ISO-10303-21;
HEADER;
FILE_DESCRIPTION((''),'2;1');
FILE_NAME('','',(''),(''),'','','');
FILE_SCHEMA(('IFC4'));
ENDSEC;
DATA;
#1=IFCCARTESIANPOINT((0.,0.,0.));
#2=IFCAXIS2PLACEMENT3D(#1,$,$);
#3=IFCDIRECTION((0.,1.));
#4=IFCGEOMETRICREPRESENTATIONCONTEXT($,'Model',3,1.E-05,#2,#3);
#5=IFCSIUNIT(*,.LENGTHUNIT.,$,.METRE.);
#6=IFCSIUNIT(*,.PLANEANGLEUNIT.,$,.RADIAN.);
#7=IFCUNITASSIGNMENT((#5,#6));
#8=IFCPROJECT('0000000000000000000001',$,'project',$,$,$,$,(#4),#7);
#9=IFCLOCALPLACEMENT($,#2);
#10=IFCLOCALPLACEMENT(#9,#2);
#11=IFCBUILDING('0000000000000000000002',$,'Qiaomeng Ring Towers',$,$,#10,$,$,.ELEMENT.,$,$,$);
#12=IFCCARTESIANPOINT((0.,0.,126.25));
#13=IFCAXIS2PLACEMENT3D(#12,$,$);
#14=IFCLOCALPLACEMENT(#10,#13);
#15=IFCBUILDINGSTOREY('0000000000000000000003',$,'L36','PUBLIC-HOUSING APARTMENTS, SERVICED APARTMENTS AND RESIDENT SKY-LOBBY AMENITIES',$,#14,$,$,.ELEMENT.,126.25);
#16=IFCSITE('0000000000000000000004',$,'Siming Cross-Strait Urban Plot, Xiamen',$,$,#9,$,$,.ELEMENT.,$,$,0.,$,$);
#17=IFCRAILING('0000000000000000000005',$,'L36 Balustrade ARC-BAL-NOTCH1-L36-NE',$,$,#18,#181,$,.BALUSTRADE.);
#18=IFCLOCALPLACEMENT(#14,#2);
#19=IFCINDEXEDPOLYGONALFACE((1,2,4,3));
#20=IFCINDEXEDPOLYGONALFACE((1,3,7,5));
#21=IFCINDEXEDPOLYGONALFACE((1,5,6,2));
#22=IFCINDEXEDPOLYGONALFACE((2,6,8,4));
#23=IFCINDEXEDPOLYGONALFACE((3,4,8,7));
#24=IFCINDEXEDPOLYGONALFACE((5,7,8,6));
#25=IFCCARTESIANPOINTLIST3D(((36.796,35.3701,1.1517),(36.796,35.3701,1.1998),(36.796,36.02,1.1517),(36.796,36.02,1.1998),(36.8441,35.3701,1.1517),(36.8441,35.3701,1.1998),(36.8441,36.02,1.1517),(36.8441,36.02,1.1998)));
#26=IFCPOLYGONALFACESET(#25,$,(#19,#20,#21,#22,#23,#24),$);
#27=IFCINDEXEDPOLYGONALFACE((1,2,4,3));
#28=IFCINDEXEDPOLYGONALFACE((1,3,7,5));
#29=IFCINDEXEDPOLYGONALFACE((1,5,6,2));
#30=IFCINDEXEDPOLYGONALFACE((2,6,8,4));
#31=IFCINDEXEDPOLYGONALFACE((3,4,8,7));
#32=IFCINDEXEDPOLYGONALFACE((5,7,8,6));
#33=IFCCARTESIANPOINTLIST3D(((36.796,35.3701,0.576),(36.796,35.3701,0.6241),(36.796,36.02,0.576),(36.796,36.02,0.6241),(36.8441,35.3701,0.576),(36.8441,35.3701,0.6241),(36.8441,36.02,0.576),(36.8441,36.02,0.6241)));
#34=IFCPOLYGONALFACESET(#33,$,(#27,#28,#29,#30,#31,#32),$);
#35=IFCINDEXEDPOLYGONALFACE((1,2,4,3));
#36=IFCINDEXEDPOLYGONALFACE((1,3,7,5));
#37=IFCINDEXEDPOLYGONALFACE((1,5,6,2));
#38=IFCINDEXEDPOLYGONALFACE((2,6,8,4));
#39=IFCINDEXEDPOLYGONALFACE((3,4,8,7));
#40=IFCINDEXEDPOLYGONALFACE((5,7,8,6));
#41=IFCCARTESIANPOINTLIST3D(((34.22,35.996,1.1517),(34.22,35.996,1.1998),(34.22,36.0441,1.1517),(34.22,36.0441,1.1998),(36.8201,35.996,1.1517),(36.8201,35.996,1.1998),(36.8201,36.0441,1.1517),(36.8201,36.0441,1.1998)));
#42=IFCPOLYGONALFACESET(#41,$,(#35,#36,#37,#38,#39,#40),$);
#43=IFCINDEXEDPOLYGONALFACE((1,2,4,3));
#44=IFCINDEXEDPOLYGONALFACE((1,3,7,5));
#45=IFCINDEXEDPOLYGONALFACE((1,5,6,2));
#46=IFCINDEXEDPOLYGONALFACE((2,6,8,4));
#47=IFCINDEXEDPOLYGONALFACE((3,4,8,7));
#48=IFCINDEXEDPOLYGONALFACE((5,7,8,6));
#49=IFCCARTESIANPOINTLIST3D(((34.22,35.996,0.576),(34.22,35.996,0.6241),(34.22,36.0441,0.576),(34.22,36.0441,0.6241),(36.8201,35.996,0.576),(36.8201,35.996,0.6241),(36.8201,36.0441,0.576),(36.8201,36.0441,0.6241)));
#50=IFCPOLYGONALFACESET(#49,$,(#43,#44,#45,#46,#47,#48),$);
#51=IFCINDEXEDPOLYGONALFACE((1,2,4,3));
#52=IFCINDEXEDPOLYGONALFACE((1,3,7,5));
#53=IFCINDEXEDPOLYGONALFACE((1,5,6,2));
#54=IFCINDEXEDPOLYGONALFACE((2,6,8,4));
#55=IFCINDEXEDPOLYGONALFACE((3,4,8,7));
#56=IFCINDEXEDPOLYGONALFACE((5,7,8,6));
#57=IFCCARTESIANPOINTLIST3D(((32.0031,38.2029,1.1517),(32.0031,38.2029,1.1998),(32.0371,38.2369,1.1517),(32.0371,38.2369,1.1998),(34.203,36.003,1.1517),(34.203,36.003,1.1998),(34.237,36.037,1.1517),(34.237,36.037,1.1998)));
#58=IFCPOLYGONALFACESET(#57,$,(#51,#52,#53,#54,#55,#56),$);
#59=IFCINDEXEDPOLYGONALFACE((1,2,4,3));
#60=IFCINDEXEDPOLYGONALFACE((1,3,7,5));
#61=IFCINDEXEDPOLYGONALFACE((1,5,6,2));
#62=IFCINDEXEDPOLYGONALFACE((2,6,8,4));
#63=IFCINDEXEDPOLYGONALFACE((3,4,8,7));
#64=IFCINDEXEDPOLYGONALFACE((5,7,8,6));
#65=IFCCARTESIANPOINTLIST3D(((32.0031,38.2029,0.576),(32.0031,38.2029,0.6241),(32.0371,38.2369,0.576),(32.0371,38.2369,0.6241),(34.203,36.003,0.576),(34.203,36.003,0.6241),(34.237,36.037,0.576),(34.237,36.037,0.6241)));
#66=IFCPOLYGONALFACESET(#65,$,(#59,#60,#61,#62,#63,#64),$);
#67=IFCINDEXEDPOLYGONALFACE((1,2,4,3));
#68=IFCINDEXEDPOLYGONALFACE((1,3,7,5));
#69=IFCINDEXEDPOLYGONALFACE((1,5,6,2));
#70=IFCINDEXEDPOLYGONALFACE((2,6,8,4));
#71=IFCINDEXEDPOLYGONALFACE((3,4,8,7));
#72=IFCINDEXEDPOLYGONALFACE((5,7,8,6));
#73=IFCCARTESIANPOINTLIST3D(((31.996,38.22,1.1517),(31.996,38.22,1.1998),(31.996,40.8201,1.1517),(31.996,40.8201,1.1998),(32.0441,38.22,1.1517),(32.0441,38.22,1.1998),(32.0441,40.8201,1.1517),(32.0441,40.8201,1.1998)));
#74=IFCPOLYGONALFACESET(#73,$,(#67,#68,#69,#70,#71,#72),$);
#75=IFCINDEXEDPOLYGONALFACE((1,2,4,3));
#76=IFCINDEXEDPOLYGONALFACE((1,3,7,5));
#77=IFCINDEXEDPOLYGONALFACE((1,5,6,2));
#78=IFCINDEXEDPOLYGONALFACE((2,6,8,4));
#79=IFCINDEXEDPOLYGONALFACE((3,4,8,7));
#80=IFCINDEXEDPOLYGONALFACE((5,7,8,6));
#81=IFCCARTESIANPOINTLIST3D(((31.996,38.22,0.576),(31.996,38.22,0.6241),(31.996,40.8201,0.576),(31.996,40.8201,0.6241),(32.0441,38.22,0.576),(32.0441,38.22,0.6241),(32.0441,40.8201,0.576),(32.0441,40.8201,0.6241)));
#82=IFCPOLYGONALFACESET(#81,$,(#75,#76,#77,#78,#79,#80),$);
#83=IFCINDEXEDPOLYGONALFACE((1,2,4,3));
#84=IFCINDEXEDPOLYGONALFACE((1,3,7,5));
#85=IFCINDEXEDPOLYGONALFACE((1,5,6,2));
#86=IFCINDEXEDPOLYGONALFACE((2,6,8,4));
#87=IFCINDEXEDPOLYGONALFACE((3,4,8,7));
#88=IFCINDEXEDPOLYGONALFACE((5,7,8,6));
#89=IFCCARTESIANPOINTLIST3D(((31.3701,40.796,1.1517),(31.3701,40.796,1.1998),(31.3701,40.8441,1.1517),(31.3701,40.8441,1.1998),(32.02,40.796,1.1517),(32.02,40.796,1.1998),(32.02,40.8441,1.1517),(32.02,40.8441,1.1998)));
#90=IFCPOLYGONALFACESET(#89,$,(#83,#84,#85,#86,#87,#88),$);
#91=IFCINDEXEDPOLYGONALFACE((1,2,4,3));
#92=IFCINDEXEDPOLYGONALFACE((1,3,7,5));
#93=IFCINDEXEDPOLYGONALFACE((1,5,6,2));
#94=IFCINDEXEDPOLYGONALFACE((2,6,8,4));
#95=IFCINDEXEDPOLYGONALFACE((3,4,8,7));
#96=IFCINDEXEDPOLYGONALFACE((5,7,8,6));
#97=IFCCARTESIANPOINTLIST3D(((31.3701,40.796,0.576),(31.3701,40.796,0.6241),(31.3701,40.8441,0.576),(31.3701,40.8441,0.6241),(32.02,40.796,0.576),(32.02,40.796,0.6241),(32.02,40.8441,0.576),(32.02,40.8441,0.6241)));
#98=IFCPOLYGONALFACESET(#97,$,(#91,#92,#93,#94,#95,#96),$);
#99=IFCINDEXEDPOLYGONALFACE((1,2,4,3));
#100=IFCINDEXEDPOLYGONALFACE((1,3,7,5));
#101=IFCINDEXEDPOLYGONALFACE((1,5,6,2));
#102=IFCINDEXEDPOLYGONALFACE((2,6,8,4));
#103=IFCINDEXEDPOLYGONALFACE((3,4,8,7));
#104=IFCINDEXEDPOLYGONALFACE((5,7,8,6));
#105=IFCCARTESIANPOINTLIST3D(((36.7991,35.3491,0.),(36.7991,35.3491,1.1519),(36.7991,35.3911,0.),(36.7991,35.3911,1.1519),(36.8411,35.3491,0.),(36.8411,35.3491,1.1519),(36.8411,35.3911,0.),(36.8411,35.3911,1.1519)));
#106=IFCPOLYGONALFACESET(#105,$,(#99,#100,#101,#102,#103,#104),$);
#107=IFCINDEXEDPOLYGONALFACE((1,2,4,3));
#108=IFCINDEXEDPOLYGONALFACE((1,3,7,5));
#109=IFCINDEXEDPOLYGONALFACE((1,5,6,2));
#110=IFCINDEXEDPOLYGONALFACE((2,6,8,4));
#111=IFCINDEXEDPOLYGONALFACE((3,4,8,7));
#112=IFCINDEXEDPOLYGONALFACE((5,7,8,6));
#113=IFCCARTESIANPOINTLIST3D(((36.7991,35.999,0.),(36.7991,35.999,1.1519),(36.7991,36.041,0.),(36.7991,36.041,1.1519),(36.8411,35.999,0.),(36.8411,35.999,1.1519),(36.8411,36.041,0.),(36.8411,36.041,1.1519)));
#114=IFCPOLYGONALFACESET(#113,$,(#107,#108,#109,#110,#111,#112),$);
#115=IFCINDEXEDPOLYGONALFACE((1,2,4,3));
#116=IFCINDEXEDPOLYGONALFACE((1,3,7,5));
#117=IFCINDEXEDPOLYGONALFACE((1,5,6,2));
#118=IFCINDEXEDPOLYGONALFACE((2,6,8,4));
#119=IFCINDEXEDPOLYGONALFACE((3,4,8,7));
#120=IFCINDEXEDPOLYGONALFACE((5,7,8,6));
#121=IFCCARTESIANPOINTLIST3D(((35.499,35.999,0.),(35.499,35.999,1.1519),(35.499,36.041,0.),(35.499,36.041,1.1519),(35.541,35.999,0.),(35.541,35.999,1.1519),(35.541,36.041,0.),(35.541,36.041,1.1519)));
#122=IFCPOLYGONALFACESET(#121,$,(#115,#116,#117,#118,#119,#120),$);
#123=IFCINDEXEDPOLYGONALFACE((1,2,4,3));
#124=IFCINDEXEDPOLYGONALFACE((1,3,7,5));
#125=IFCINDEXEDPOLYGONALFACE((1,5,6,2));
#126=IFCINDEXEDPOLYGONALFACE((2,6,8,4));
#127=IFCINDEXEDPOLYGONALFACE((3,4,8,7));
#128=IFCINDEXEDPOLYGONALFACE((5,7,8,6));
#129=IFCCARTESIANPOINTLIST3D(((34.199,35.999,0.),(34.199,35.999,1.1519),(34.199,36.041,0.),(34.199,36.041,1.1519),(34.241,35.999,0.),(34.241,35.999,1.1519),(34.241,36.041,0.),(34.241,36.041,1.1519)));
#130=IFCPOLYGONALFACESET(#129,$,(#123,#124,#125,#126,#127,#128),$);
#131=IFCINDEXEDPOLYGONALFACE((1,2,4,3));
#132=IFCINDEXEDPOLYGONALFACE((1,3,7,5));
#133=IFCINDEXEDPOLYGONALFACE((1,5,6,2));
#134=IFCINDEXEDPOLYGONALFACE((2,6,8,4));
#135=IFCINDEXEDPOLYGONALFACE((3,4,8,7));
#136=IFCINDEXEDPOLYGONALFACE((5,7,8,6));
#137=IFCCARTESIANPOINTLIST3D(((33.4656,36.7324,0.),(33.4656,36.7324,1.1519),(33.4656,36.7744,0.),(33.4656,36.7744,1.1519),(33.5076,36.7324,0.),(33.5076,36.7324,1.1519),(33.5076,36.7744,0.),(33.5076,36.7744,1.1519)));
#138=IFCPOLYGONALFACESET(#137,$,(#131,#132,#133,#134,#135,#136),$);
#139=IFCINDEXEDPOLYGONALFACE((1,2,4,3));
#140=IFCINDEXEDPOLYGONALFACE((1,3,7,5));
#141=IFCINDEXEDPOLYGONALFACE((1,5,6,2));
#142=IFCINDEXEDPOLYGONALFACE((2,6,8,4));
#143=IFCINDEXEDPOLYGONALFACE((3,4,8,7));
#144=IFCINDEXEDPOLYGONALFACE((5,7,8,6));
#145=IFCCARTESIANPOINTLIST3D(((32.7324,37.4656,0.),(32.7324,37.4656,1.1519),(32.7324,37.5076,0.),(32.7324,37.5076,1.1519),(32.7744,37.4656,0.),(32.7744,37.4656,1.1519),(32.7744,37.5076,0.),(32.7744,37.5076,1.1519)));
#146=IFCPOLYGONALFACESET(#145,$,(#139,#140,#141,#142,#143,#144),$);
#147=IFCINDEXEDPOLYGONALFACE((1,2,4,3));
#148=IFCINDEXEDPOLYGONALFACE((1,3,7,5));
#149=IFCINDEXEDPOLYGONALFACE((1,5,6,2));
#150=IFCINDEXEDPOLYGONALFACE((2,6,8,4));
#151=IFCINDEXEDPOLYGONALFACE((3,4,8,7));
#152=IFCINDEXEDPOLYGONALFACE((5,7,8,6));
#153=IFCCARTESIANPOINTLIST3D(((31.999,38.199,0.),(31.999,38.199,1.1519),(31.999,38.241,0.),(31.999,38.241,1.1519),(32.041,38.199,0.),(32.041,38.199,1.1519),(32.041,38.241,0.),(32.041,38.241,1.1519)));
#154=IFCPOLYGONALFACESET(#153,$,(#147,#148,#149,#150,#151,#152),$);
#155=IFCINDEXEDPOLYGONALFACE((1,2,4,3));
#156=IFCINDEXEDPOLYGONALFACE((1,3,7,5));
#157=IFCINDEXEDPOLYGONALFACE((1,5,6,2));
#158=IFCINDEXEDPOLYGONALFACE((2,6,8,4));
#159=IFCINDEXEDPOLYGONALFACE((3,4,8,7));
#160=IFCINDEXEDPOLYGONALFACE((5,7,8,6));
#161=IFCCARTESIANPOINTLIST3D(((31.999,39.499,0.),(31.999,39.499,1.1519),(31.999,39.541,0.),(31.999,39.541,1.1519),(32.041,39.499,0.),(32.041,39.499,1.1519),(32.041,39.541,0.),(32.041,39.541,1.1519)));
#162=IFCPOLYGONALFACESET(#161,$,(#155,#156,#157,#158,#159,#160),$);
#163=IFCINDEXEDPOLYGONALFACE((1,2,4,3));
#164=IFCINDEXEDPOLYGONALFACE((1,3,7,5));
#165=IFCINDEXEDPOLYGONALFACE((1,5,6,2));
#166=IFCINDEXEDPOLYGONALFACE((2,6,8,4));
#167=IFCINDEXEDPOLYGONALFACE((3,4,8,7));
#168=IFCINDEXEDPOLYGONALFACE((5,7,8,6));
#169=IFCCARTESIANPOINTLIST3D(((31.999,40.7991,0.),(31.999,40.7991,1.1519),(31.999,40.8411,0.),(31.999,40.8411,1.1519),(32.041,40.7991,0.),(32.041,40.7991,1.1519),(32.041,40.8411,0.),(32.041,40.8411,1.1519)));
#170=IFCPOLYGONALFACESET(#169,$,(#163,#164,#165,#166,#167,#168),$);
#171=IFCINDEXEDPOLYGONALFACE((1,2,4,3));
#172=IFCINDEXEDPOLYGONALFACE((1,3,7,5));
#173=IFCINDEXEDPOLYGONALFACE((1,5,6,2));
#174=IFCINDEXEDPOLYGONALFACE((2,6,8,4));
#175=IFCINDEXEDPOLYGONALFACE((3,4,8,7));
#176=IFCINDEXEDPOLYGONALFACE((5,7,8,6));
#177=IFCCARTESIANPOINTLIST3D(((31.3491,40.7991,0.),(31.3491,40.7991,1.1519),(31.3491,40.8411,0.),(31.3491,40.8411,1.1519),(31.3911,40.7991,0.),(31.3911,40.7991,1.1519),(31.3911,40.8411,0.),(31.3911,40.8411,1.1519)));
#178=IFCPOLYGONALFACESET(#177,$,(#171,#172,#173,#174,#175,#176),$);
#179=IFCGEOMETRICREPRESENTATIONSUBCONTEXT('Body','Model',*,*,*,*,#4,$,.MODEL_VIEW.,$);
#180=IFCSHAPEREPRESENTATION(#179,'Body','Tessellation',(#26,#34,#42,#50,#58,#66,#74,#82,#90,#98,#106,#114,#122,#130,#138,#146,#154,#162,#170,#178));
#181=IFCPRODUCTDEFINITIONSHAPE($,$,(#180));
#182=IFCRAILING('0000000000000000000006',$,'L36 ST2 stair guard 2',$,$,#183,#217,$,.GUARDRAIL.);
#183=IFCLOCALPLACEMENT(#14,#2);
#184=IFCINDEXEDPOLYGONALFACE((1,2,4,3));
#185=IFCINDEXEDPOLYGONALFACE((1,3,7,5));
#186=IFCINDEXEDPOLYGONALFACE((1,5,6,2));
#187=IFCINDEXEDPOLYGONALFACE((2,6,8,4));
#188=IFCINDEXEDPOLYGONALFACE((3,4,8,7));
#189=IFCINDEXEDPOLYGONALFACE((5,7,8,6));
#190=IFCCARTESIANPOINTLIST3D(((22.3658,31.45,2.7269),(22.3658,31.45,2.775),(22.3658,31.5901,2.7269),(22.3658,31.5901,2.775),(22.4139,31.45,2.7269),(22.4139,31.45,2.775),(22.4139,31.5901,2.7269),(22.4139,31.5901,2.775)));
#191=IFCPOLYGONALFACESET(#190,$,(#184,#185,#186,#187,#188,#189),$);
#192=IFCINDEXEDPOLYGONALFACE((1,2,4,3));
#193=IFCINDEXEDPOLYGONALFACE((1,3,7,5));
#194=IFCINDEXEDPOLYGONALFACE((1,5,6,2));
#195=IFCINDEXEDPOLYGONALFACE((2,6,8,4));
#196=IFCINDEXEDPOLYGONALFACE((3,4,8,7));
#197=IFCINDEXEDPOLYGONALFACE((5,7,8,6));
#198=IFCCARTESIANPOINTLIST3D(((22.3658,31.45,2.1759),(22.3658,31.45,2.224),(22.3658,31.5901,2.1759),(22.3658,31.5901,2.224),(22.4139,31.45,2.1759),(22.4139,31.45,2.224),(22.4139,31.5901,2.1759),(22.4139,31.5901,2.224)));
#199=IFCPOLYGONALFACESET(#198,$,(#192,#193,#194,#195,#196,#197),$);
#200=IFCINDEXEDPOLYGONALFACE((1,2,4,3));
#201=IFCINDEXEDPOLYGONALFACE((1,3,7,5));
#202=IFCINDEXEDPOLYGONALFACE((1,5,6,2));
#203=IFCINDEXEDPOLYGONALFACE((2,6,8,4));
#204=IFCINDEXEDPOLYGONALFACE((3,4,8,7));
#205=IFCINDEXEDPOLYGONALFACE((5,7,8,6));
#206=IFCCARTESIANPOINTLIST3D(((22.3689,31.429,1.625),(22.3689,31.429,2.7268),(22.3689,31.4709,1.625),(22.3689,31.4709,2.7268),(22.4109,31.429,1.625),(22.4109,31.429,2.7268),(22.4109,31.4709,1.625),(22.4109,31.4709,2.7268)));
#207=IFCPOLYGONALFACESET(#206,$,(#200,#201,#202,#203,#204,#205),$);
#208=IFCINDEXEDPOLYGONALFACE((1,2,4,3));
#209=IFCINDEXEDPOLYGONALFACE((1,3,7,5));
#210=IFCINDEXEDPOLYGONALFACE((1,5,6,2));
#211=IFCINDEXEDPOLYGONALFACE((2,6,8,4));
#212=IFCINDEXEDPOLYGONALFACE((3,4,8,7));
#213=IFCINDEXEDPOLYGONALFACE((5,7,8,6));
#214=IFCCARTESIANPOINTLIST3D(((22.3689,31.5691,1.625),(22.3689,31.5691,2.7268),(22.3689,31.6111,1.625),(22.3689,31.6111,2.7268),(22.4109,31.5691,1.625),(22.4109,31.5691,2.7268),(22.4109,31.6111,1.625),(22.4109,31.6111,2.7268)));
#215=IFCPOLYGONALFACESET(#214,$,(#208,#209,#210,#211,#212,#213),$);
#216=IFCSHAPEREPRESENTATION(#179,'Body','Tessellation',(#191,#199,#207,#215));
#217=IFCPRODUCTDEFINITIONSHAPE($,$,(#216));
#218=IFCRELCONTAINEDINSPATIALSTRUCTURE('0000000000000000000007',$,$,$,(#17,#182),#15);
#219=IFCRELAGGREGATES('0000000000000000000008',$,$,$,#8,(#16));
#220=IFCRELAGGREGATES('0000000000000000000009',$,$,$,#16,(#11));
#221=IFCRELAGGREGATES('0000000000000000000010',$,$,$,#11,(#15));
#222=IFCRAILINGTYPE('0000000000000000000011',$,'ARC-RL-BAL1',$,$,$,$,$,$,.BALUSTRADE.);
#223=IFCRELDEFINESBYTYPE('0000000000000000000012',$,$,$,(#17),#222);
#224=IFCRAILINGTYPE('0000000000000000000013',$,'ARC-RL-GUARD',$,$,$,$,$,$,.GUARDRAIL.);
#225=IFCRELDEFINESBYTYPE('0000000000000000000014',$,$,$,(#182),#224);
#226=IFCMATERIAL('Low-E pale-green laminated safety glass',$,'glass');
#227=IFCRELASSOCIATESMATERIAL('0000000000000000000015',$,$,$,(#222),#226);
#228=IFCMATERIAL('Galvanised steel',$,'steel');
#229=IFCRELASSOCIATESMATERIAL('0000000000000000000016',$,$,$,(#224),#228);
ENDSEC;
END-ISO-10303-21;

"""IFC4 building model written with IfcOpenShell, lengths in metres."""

from ifc_helpers import new_model, si_unit, direction, frame, origin, origin_2d, place, context, subcontext, project, spatial, rectangle, extrude, material, type_object, element, save


model = new_model("IFC4")

# Units and contexts
model_context = context("Model", 3, precision=1e-05, world=origin(), true_north=direction((0.0, 1.0)))
body_context = subcontext(model_context, "Body", "Model", "MODEL_VIEW")
ifc_project = project(units=[si_unit("LENGTHUNIT", "METRE"), si_unit("PLANEANGLEUNIT", "RADIAN")], contexts=[model_context])

# Site, building, storey
site_placement = place(None, origin())
site = spatial("IfcSite", under=ifc_project, at=site_placement, Name="Siming Cross-Strait Urban Plot, Xiamen", CompositionType="ELEMENT", RefElevation=0.0)
building_placement = place(site_placement, origin())
building = spatial("IfcBuilding", under=site, at=building_placement, Name="Qiaomeng Ring Towers", CompositionType="ELEMENT")
storey_placement = place(building_placement, frame((0.0, 0.0, 126.25)))
storey = spatial("IfcBuildingStorey", under=building, at=storey_placement, Name="L36", Description="PUBLIC-HOUSING APARTMENTS, SERVICED APARTMENTS AND RESIDENT SKY-LOBBY AMENITIES", CompositionType="ELEMENT", Elevation=126.25)

# Railings
ifc_material_1 = material(Name="Low-E pale-green laminated safety glass", Category="glass")
railing_type_1 = type_object("IfcRailingType", Name="ARC-RL-BAL1", PredefinedType="BALUSTRADE", material=ifc_material_1)
railing_1_placement = place(storey_placement, frame((36.8201, 35.3701, 0.0)))
element("IfcRailing", 1, at=railing_1_placement, inside=storey, type_object=railing_type_1, Name="L36 Balustrade ARC-BAL-NOTCH1-L36-NE", PredefinedType="BALUSTRADE", context=body_context, shape_type="SweptSolid", body=[
    extrude(rectangle(XDim=0.0481, YDim=0.0481, at=origin_2d()), frame((0.0, 0.0, 1.1758), z_axis=(0.0, 1.0, 0.0), x_axis=(-1.0, 0.0, 0.0)), (0.0, 0.0, 1.0), 0.6499),
    extrude(rectangle(XDim=0.0481, YDim=0.0481, at=origin_2d()), frame((0.0, 0.0, 0.6001), z_axis=(0.0, 1.0, 0.0), x_axis=(-1.0, 0.0, 0.0)), (0.0, 0.0, 1.0), 0.6499),
    extrude(rectangle(XDim=0.0481, YDim=0.0481, at=origin_2d()), frame((0.0, 0.6499, 1.1758), z_axis=(-1.0, 0.0, 0.0), x_axis=(0.0, -1.0, 0.0)), (0.0, 0.0, 1.0), 2.6001),
    extrude(rectangle(XDim=0.0481, YDim=0.0481, at=origin_2d()), frame((0.0, 0.6499, 0.6001), z_axis=(-1.0, 0.0, 0.0), x_axis=(0.0, -1.0, 0.0)), (0.0, 0.0, 1.0), 2.6001),
    extrude(rectangle(XDim=0.0481, YDim=0.0481, at=origin_2d()), frame((-2.6001, 0.6499, 1.1758), z_axis=(-0.707107, 0.707107, 0.0), x_axis=(-0.707107, -0.707107, 0.0)), (0.0, 0.0, 1.0), 3.1111),
    extrude(rectangle(XDim=0.0481, YDim=0.0481, at=origin_2d()), frame((-2.6001, 0.6499, 0.6001), z_axis=(-0.707107, 0.707107, 0.0), x_axis=(-0.707107, -0.707107, 0.0)), (0.0, 0.0, 1.0), 3.1111),
    extrude(rectangle(XDim=0.0481, YDim=0.0481, at=origin_2d()), frame((-4.8, 2.8499, 1.1758), z_axis=(0.0, 1.0, 0.0), x_axis=(-1.0, 0.0, 0.0)), (0.0, 0.0, 1.0), 2.6001),
    extrude(rectangle(XDim=0.0481, YDim=0.0481, at=origin_2d()), frame((-4.8, 2.8499, 0.6001), z_axis=(0.0, 1.0, 0.0), x_axis=(-1.0, 0.0, 0.0)), (0.0, 0.0, 1.0), 2.6001),
    extrude(rectangle(XDim=0.0481, YDim=0.0481, at=origin_2d()), frame((-4.8, 5.45, 1.1758), z_axis=(-1.0, 0.0, 0.0), x_axis=(0.0, -1.0, 0.0)), (0.0, 0.0, 1.0), 0.6499),
    extrude(rectangle(XDim=0.0481, YDim=0.0481, at=origin_2d()), frame((-4.8, 5.45, 0.6001), z_axis=(-1.0, 0.0, 0.0), x_axis=(0.0, -1.0, 0.0)), (0.0, 0.0, 1.0), 0.6499),
    extrude(rectangle(XDim=0.042, YDim=0.042, at=origin_2d()), origin(), (0.0, 0.0, 1.0), 1.1519),
    extrude(rectangle(XDim=0.042, YDim=0.042, at=origin_2d()), frame((0.0, 0.6499, 0.0)), (0.0, 0.0, 1.0), 1.1519),
    extrude(rectangle(XDim=0.042, YDim=0.042, at=origin_2d()), frame((-1.3, 0.6499, 0.0)), (0.0, 0.0, 1.0), 1.1519),
    extrude(rectangle(XDim=0.042, YDim=0.042, at=origin_2d()), frame((-2.6001, 0.6499, 0.0)), (0.0, 0.0, 1.0), 1.1519),
    extrude(rectangle(XDim=0.042, YDim=0.042, at=origin_2d()), frame((-3.3335, 1.3833, 0.0)), (0.0, 0.0, 1.0), 1.1519),
    extrude(rectangle(XDim=0.042, YDim=0.042, at=origin_2d()), frame((-4.0667, 2.1165, 0.0)), (0.0, 0.0, 1.0), 1.1519),
    extrude(rectangle(XDim=0.042, YDim=0.042, at=origin_2d()), frame((-4.8, 2.8499, 0.0)), (0.0, 0.0, 1.0), 1.1519),
    extrude(rectangle(XDim=0.042, YDim=0.042, at=origin_2d()), frame((-4.8, 4.1499, 0.0)), (0.0, 0.0, 1.0), 1.1519),
    extrude(rectangle(XDim=0.042, YDim=0.042, at=origin_2d()), frame((-4.8, 5.45, 0.0)), (0.0, 0.0, 1.0), 1.1519),
    extrude(rectangle(XDim=0.042, YDim=0.042, at=origin_2d()), frame((-5.45, 5.45, 0.0)), (0.0, 0.0, 1.0), 1.1519),
])
ifc_material_2 = material(Name="Galvanised steel", Category="steel")
railing_type_2 = type_object("IfcRailingType", Name="ARC-RL-GUARD", PredefinedType="GUARDRAIL", material=ifc_material_2)
railing_2_placement = place(storey_placement, frame((22.3899, 31.45, 1.625)))
element("IfcRailing", 2, at=railing_2_placement, inside=storey, type_object=railing_type_2, Name="L36 ST2 stair guard 2", PredefinedType="GUARDRAIL", context=body_context, shape_type="SweptSolid", body=[
    extrude(rectangle(XDim=0.0481, YDim=0.0481, at=origin_2d()), frame((0.0, 0.0, 1.126), z_axis=(0.0, 1.0, 0.0), x_axis=(-1.0, 0.0, 0.0)), (0.0, 0.0, 1.0), 0.1401),
    extrude(rectangle(XDim=0.0481, YDim=0.0481, at=origin_2d()), frame((0.0, 0.0, 0.575), z_axis=(0.0, 1.0, 0.0), x_axis=(-1.0, 0.0, 0.0)), (0.0, 0.0, 1.0), 0.1401),
    extrude(rectangle(XDim=0.042, YDim=0.042, at=origin_2d()), origin(), (0.0, 0.0, 1.0), 1.1018),
    extrude(rectangle(XDim=0.042, YDim=0.042, at=origin_2d()), frame((0.0, 0.1401, 0.0)), (0.0, 0.0, 1.0), 1.1018),
])

save(model, "model.ifc")
